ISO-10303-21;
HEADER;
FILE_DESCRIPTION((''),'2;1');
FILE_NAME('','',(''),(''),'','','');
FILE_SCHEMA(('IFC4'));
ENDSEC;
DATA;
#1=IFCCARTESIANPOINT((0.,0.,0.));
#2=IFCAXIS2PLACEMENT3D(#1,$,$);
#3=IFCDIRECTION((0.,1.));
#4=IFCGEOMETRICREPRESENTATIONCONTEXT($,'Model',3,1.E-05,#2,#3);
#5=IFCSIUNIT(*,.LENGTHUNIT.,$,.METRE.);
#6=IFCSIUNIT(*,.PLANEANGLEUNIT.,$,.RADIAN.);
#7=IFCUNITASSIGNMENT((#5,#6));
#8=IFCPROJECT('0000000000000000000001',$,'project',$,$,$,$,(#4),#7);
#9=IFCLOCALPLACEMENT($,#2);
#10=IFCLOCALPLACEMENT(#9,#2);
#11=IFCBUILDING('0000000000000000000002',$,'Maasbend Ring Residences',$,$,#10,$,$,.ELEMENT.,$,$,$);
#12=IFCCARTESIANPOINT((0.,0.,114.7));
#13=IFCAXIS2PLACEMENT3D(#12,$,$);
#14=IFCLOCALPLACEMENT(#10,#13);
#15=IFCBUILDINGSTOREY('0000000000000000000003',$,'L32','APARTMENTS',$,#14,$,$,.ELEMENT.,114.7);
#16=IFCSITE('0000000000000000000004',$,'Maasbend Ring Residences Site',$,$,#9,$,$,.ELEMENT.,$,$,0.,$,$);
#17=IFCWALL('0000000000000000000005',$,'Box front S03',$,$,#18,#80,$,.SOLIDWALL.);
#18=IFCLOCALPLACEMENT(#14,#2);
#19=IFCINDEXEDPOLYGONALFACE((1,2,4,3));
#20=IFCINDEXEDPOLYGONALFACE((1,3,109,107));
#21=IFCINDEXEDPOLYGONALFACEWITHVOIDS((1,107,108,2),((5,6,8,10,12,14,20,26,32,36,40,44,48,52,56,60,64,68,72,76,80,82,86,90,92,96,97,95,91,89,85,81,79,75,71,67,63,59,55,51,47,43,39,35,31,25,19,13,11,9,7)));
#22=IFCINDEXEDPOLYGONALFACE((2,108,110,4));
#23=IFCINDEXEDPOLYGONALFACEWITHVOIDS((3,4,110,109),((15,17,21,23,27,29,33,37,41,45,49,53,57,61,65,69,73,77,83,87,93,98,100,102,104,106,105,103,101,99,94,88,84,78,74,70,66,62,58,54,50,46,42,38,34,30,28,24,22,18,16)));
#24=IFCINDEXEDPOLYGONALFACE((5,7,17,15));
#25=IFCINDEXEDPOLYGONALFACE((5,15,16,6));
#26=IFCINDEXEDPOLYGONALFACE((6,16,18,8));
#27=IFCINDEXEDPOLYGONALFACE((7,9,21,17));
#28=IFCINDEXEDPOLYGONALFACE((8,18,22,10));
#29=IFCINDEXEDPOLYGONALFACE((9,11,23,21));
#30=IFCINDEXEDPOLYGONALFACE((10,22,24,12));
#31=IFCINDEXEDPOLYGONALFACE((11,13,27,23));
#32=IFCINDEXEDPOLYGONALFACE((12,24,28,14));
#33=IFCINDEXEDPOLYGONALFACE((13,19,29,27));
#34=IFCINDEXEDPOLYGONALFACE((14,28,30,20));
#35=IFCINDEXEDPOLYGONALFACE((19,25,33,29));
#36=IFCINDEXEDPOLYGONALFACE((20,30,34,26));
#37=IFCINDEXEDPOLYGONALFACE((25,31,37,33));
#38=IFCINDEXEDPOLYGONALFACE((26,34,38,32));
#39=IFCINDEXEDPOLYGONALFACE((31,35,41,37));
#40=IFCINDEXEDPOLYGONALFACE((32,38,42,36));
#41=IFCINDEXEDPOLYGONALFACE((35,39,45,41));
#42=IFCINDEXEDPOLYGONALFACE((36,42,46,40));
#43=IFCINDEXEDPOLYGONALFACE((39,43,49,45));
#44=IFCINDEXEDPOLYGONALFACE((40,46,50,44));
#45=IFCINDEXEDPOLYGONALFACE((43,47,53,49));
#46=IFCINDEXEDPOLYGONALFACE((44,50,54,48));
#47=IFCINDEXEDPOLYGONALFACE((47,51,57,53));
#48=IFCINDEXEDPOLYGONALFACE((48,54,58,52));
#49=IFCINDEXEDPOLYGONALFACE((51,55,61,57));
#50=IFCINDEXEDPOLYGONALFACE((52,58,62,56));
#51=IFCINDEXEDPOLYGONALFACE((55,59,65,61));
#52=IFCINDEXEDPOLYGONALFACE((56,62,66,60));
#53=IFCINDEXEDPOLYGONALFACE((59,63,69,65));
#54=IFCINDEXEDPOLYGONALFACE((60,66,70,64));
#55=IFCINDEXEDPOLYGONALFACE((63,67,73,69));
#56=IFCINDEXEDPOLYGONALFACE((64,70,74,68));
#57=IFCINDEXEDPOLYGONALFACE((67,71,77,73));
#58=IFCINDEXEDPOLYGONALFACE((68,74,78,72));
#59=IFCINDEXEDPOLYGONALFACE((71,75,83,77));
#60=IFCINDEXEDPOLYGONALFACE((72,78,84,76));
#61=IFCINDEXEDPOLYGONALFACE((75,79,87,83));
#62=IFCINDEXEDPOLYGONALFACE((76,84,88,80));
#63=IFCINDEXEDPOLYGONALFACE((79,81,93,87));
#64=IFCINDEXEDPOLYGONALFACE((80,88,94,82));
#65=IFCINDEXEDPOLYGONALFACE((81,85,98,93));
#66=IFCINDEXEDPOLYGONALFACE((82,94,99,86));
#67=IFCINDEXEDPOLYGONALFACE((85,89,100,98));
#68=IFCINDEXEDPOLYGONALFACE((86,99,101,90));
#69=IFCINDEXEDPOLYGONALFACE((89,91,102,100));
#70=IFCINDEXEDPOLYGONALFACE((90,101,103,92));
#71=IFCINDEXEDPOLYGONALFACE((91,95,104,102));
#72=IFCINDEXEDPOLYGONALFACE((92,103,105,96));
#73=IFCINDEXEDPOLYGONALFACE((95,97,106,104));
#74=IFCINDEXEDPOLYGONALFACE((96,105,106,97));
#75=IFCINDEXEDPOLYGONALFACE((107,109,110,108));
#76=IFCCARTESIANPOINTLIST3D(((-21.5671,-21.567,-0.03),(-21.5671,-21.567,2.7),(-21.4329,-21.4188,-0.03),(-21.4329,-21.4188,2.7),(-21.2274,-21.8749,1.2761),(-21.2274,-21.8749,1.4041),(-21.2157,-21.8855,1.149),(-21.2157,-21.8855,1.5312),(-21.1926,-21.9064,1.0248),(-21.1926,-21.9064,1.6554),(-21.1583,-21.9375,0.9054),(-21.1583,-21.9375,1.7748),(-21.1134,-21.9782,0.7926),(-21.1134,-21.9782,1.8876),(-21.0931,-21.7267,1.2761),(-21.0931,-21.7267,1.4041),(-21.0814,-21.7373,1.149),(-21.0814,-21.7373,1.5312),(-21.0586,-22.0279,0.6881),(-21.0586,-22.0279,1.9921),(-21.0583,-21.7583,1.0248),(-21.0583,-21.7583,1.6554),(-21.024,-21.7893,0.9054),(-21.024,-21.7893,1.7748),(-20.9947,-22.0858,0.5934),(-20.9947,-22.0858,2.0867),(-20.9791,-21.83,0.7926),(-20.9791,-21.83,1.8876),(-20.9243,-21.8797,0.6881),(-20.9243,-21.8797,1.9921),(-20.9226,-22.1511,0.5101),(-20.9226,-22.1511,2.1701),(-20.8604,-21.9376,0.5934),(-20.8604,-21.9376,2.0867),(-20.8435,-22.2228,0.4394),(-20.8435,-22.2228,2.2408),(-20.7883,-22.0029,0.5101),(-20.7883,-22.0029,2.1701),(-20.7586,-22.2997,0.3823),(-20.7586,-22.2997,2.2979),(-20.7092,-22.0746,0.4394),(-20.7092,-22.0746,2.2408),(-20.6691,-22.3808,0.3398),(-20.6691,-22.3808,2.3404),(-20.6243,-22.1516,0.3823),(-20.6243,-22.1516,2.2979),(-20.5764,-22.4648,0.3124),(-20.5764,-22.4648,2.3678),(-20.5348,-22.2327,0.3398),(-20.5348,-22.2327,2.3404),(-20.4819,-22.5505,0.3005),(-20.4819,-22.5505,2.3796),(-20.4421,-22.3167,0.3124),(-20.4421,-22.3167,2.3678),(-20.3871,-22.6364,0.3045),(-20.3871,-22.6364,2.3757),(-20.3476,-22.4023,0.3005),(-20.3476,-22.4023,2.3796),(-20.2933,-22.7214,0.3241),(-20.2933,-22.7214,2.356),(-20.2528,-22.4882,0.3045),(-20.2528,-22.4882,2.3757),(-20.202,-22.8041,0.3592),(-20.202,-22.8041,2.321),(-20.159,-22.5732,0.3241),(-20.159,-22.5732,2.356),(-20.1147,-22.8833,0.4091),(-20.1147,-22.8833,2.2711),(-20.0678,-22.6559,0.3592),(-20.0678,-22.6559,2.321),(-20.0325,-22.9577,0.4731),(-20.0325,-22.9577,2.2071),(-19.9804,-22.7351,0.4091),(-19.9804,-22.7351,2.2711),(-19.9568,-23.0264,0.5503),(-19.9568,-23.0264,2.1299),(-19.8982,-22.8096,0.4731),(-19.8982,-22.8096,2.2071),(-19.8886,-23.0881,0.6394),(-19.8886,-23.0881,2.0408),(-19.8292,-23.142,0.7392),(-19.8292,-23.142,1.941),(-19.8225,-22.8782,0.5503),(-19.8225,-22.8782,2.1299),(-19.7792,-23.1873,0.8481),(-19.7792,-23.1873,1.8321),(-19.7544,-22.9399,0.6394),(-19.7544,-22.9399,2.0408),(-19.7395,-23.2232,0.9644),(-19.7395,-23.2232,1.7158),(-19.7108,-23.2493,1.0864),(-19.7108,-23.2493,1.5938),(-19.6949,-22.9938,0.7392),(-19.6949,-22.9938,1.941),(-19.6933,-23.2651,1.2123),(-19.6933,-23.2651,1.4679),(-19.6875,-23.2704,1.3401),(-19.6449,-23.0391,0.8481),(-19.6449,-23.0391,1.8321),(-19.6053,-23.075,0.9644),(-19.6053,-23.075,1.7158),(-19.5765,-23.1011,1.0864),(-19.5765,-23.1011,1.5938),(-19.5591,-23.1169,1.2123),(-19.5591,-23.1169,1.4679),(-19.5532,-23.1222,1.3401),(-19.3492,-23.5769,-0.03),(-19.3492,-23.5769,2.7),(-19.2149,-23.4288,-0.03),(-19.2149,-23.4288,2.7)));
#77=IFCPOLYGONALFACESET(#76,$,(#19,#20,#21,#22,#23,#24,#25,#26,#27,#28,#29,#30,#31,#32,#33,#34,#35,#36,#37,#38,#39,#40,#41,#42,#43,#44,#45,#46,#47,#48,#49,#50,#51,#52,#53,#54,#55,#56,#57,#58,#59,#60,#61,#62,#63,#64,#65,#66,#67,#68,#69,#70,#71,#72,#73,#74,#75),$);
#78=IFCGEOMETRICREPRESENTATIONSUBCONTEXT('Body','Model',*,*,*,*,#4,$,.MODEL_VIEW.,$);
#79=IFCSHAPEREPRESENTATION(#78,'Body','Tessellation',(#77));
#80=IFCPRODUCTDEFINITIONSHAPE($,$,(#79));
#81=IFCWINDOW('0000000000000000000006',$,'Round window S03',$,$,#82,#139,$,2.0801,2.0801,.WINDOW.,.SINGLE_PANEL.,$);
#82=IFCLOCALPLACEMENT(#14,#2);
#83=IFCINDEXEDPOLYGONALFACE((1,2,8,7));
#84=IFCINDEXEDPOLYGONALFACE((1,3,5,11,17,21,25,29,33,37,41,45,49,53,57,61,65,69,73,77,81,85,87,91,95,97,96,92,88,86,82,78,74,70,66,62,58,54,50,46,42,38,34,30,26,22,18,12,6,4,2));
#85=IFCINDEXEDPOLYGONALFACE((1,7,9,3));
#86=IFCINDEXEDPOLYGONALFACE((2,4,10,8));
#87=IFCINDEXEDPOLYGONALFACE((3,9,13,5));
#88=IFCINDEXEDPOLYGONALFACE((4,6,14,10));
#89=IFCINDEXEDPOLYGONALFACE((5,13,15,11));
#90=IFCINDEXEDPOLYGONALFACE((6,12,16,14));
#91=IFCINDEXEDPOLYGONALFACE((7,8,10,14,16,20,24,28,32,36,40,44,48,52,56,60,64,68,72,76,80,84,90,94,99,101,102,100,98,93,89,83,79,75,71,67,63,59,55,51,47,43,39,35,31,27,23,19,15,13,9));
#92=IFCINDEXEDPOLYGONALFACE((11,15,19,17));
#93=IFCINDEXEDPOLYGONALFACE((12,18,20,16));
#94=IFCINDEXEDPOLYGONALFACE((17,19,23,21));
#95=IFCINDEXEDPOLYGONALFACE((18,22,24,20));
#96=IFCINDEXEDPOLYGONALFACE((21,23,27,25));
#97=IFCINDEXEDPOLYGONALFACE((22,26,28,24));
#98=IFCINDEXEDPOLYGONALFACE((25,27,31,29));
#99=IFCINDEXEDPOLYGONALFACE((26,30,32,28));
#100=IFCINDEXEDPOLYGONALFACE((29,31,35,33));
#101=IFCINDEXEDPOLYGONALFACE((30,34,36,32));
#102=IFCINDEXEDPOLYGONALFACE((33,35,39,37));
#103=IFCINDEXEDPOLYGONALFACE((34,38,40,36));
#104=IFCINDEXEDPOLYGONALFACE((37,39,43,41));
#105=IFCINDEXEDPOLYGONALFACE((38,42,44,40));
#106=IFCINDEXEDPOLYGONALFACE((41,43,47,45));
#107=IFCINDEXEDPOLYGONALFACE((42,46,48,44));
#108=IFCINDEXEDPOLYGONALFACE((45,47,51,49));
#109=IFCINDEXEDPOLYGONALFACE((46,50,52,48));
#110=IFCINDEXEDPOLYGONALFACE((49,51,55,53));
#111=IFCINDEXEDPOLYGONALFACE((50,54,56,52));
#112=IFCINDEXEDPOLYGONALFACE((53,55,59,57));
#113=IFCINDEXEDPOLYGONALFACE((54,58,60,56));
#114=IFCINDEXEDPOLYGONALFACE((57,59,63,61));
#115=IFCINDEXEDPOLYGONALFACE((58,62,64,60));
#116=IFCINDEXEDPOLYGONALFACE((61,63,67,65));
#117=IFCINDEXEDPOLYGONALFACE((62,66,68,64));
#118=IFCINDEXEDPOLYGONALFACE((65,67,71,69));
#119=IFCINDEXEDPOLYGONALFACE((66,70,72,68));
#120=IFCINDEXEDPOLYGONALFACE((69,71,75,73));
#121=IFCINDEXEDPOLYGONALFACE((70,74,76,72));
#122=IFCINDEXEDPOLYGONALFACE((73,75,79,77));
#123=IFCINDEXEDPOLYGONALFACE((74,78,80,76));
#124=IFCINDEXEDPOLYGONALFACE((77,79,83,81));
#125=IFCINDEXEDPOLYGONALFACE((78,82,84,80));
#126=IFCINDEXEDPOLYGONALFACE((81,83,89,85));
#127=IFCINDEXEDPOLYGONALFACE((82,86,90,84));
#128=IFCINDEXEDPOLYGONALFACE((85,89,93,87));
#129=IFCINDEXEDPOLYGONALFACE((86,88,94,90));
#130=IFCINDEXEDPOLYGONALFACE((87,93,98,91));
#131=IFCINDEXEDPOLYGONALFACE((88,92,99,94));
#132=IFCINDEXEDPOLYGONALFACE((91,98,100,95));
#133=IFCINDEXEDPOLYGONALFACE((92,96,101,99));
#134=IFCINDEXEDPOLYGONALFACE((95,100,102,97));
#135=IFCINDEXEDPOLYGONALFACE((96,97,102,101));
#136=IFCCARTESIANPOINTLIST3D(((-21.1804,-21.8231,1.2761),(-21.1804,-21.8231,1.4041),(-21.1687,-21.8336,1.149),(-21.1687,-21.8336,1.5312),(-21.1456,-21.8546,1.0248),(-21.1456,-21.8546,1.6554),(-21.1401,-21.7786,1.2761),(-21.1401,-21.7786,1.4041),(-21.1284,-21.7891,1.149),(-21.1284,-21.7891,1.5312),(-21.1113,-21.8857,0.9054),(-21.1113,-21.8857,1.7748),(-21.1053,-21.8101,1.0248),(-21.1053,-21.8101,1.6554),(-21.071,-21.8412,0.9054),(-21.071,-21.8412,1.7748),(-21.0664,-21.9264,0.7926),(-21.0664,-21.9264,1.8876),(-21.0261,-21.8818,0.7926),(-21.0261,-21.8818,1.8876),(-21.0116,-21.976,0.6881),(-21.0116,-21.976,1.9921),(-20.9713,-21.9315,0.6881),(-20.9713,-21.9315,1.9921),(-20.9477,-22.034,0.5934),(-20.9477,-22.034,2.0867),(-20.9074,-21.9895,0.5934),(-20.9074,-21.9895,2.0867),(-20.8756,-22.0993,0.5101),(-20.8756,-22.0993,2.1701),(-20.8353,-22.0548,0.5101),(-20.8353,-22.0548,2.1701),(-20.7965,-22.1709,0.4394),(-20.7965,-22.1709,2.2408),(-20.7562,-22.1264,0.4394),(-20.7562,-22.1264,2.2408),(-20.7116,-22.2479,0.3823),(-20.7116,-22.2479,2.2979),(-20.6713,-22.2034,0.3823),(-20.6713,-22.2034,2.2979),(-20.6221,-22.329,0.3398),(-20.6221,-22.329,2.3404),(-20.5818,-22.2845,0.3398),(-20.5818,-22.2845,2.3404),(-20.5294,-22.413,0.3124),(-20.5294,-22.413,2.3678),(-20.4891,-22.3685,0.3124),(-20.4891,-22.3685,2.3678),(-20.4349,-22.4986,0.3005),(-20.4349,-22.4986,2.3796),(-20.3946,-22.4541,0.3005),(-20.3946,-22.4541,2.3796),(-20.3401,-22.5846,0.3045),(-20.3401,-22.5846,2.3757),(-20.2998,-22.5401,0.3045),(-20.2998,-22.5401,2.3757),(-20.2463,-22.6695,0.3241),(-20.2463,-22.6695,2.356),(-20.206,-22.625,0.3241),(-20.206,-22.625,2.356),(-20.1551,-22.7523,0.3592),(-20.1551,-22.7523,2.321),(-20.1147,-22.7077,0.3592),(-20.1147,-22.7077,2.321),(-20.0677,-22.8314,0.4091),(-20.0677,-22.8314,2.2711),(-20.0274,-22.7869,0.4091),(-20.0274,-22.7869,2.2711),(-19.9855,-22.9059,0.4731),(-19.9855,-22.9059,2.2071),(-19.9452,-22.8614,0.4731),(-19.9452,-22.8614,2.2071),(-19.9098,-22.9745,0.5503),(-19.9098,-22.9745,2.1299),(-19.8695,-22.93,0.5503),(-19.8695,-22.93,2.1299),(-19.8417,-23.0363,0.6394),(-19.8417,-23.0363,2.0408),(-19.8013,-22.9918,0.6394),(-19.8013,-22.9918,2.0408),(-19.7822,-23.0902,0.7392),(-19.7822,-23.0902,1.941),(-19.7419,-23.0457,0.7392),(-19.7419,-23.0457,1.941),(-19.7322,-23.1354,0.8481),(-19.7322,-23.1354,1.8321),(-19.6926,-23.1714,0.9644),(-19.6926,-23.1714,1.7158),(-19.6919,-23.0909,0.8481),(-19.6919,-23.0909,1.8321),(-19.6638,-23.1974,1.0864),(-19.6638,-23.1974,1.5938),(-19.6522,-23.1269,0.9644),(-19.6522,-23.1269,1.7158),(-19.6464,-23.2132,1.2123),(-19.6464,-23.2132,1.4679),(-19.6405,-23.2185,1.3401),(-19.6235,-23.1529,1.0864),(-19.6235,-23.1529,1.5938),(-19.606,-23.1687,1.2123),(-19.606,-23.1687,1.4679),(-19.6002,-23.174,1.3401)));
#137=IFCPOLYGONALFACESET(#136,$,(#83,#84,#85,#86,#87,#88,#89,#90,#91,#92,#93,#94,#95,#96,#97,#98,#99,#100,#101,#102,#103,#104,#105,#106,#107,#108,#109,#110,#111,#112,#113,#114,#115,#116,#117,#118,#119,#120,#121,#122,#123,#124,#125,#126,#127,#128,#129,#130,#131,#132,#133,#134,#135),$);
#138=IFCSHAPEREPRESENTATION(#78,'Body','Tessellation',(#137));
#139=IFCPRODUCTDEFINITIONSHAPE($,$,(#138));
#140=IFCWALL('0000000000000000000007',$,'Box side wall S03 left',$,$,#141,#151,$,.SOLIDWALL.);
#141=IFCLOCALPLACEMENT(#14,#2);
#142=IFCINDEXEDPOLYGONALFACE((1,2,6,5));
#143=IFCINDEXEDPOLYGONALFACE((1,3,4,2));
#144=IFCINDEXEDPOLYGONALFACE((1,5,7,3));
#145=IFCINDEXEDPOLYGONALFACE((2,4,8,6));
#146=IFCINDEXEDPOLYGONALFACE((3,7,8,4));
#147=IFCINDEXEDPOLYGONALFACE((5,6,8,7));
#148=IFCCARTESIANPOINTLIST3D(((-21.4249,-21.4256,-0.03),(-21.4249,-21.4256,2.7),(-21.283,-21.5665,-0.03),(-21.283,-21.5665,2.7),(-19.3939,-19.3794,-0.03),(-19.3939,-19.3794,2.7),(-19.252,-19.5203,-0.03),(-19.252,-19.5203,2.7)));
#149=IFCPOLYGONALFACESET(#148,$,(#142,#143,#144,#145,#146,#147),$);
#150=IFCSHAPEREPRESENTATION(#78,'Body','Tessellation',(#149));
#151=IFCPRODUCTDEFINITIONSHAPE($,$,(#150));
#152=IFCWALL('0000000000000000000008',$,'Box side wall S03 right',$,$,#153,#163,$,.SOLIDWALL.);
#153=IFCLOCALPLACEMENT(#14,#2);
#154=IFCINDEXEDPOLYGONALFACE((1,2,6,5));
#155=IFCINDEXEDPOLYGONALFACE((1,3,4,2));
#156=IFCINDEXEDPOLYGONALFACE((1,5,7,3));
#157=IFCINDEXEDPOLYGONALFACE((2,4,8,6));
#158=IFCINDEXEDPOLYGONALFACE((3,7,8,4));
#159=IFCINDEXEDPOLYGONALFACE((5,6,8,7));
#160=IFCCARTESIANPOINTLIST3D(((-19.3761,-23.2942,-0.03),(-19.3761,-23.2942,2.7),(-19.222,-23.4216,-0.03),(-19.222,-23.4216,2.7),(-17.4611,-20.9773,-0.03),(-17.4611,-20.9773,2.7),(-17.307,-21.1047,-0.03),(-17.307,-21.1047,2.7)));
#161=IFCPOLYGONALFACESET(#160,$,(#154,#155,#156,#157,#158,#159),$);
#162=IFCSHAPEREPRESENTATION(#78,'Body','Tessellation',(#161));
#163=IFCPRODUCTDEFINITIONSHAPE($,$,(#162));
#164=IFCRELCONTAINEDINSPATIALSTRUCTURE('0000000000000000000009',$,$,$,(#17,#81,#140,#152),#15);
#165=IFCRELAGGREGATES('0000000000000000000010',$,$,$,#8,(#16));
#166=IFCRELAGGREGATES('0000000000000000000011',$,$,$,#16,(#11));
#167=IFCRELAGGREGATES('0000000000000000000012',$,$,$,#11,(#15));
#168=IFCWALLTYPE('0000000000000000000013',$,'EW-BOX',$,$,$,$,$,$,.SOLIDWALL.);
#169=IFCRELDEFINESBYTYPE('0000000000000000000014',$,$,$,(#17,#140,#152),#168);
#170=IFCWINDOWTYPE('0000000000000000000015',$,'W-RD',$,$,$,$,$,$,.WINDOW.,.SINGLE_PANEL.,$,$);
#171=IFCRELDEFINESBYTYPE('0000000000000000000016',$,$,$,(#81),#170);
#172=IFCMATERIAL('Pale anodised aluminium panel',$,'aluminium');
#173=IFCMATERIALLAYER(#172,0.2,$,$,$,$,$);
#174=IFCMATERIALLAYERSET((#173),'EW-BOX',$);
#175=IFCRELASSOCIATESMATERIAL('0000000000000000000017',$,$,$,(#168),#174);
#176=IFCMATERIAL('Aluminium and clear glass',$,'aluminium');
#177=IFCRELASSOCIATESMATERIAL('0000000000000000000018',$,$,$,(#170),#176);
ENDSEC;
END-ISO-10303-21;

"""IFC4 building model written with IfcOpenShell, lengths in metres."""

from ifc_helpers import new_model, si_unit, direction, frame, frame_2d, origin, place, context, subcontext, project, spatial, rectangle, circle, extrude, material, layer, layer_set, type_object, element, fill, save


model = new_model("IFC4")

# Units and contexts
model_context = context("Model", 3, precision=1e-05, world=origin(), true_north=direction((0.0, 1.0)))
body_context = subcontext(model_context, "Body", "Model", "MODEL_VIEW")
ifc_project = project(units=[si_unit("LENGTHUNIT", "METRE"), si_unit("PLANEANGLEUNIT", "RADIAN")], contexts=[model_context])

# Site, building, storey
site_placement = place(None, origin())
site = spatial("IfcSite", under=ifc_project, at=site_placement, Name="Maasbend Ring Residences Site", CompositionType="ELEMENT", RefElevation=0.0)
building_placement = place(site_placement, origin())
building = spatial("IfcBuilding", under=site, at=building_placement, Name="Maasbend Ring Residences", CompositionType="ELEMENT")
storey_placement = place(building_placement, frame((0.0, 0.0, 114.7)))
storey = spatial("IfcBuildingStorey", under=building, at=storey_placement, Name="L32", Description="APARTMENTS", CompositionType="ELEMENT", Elevation=114.7)

# Wall, opening, window
ifc_material_1 = material(Name="Pale anodised aluminium panel", Category="aluminium")
ifc_layer_1 = layer(ifc_material_1, 0.2)
ifc_layer_set_1 = layer_set([ifc_layer_1], Name="EW-BOX")
wall_type_1 = type_object("IfcWallType", Name="EW-BOX", PredefinedType="SOLIDWALL", material=ifc_layer_set_1)
wall_1_placement = place(storey_placement, frame((-21.5, -21.4929, -0.03), z_axis=(0.0, 0.0, 1.0), x_axis=(0.740998, -0.671507, 0.0)))
wall_1 = element("IfcWall", 1, at=wall_1_placement, inside=storey, type_object=wall_type_1, Name="Box front S03", PredefinedType="SOLIDWALL", context=body_context, shape_type="SweptSolid", body=[
    extrude(rectangle(XDim=2.9932, YDim=0.2, at=frame_2d((1.4966, 0.0))), origin(), (0.0, 0.0, 1.0), 2.73),
])
opening_1_placement = place(wall_1_placement, frame((0.4565, 0.0, 0.3301)))
opening_1 = element("IfcOpeningElement", 2, at=opening_1_placement, cuts=wall_1, PredefinedType="OPENING", context=body_context, shape_type="SweptSolid", body=[
    extrude(circle(Radius=1.04, at=frame_2d((1.04, 1.04))), frame((0.0, 0.1099, 0.0), z_axis=(0.0, -1.0, 0.0), x_axis=(1.0, 0.0, 0.0)), (0.0, 0.0, 1.0), 0.22),
])
ifc_material_2 = material(Name="Aluminium and clear glass", Category="aluminium")
window_type_1 = type_object("IfcWindowType", Name="W-RD", PartitioningType="SINGLE_PANEL", PredefinedType="WINDOW", material=ifc_material_2)
window_1_placement = place(opening_1_placement, origin())
window_1 = element("IfcWindow", 3, at=window_1_placement, inside=storey, type_object=window_type_1, Name="Round window S03", OverallHeight=2.0801, OverallWidth=2.0801, PartitioningType="SINGLE_PANEL", PredefinedType="WINDOW", context=body_context, shape_type="SweptSolid", body=[
    extrude(circle(Radius=1.04, at=frame_2d((1.04, 1.04))), frame((0.0, 0.03, 0.0), z_axis=(0.0, -1.0, 0.0), x_axis=(1.0, 0.0, 0.0)), (0.0, 0.0, 1.0), 0.0601),
])
fill(opening_1, window_1)

# Walls
wall_2_placement = place(storey_placement, frame((-19.323, -19.45, -0.03), z_axis=(0.0, 0.0, 1.0), x_axis=(-0.704477, -0.709727, 0.0)))
element("IfcWall", 4, at=wall_2_placement, inside=storey, type_object=wall_type_1, Name="Box side wall S03 left", PredefinedType="SOLIDWALL", context=body_context, shape_type="SweptSolid", body=[
    extrude(rectangle(XDim=2.8831, YDim=0.2, at=frame_2d((1.4414, 0.0))), origin(), (0.0, 0.0, 1.0), 2.73),
])
wall_3_placement = place(storey_placement, frame((-17.384, -21.041, -0.03), z_axis=(0.0, 0.0, 1.0), x_axis=(-0.637096, -0.770785, 0.0)))
element("IfcWall", 5, at=wall_3_placement, inside=storey, type_object=wall_type_1, Name="Box side wall S03 right", PredefinedType="SOLIDWALL", context=body_context, shape_type="SweptSolid", body=[
    extrude(rectangle(XDim=3.0059, YDim=0.2, at=frame_2d((1.5029, 0.0))), origin(), (0.0, 0.0, 1.0), 2.73),
])

save(model, "model.ifc")
